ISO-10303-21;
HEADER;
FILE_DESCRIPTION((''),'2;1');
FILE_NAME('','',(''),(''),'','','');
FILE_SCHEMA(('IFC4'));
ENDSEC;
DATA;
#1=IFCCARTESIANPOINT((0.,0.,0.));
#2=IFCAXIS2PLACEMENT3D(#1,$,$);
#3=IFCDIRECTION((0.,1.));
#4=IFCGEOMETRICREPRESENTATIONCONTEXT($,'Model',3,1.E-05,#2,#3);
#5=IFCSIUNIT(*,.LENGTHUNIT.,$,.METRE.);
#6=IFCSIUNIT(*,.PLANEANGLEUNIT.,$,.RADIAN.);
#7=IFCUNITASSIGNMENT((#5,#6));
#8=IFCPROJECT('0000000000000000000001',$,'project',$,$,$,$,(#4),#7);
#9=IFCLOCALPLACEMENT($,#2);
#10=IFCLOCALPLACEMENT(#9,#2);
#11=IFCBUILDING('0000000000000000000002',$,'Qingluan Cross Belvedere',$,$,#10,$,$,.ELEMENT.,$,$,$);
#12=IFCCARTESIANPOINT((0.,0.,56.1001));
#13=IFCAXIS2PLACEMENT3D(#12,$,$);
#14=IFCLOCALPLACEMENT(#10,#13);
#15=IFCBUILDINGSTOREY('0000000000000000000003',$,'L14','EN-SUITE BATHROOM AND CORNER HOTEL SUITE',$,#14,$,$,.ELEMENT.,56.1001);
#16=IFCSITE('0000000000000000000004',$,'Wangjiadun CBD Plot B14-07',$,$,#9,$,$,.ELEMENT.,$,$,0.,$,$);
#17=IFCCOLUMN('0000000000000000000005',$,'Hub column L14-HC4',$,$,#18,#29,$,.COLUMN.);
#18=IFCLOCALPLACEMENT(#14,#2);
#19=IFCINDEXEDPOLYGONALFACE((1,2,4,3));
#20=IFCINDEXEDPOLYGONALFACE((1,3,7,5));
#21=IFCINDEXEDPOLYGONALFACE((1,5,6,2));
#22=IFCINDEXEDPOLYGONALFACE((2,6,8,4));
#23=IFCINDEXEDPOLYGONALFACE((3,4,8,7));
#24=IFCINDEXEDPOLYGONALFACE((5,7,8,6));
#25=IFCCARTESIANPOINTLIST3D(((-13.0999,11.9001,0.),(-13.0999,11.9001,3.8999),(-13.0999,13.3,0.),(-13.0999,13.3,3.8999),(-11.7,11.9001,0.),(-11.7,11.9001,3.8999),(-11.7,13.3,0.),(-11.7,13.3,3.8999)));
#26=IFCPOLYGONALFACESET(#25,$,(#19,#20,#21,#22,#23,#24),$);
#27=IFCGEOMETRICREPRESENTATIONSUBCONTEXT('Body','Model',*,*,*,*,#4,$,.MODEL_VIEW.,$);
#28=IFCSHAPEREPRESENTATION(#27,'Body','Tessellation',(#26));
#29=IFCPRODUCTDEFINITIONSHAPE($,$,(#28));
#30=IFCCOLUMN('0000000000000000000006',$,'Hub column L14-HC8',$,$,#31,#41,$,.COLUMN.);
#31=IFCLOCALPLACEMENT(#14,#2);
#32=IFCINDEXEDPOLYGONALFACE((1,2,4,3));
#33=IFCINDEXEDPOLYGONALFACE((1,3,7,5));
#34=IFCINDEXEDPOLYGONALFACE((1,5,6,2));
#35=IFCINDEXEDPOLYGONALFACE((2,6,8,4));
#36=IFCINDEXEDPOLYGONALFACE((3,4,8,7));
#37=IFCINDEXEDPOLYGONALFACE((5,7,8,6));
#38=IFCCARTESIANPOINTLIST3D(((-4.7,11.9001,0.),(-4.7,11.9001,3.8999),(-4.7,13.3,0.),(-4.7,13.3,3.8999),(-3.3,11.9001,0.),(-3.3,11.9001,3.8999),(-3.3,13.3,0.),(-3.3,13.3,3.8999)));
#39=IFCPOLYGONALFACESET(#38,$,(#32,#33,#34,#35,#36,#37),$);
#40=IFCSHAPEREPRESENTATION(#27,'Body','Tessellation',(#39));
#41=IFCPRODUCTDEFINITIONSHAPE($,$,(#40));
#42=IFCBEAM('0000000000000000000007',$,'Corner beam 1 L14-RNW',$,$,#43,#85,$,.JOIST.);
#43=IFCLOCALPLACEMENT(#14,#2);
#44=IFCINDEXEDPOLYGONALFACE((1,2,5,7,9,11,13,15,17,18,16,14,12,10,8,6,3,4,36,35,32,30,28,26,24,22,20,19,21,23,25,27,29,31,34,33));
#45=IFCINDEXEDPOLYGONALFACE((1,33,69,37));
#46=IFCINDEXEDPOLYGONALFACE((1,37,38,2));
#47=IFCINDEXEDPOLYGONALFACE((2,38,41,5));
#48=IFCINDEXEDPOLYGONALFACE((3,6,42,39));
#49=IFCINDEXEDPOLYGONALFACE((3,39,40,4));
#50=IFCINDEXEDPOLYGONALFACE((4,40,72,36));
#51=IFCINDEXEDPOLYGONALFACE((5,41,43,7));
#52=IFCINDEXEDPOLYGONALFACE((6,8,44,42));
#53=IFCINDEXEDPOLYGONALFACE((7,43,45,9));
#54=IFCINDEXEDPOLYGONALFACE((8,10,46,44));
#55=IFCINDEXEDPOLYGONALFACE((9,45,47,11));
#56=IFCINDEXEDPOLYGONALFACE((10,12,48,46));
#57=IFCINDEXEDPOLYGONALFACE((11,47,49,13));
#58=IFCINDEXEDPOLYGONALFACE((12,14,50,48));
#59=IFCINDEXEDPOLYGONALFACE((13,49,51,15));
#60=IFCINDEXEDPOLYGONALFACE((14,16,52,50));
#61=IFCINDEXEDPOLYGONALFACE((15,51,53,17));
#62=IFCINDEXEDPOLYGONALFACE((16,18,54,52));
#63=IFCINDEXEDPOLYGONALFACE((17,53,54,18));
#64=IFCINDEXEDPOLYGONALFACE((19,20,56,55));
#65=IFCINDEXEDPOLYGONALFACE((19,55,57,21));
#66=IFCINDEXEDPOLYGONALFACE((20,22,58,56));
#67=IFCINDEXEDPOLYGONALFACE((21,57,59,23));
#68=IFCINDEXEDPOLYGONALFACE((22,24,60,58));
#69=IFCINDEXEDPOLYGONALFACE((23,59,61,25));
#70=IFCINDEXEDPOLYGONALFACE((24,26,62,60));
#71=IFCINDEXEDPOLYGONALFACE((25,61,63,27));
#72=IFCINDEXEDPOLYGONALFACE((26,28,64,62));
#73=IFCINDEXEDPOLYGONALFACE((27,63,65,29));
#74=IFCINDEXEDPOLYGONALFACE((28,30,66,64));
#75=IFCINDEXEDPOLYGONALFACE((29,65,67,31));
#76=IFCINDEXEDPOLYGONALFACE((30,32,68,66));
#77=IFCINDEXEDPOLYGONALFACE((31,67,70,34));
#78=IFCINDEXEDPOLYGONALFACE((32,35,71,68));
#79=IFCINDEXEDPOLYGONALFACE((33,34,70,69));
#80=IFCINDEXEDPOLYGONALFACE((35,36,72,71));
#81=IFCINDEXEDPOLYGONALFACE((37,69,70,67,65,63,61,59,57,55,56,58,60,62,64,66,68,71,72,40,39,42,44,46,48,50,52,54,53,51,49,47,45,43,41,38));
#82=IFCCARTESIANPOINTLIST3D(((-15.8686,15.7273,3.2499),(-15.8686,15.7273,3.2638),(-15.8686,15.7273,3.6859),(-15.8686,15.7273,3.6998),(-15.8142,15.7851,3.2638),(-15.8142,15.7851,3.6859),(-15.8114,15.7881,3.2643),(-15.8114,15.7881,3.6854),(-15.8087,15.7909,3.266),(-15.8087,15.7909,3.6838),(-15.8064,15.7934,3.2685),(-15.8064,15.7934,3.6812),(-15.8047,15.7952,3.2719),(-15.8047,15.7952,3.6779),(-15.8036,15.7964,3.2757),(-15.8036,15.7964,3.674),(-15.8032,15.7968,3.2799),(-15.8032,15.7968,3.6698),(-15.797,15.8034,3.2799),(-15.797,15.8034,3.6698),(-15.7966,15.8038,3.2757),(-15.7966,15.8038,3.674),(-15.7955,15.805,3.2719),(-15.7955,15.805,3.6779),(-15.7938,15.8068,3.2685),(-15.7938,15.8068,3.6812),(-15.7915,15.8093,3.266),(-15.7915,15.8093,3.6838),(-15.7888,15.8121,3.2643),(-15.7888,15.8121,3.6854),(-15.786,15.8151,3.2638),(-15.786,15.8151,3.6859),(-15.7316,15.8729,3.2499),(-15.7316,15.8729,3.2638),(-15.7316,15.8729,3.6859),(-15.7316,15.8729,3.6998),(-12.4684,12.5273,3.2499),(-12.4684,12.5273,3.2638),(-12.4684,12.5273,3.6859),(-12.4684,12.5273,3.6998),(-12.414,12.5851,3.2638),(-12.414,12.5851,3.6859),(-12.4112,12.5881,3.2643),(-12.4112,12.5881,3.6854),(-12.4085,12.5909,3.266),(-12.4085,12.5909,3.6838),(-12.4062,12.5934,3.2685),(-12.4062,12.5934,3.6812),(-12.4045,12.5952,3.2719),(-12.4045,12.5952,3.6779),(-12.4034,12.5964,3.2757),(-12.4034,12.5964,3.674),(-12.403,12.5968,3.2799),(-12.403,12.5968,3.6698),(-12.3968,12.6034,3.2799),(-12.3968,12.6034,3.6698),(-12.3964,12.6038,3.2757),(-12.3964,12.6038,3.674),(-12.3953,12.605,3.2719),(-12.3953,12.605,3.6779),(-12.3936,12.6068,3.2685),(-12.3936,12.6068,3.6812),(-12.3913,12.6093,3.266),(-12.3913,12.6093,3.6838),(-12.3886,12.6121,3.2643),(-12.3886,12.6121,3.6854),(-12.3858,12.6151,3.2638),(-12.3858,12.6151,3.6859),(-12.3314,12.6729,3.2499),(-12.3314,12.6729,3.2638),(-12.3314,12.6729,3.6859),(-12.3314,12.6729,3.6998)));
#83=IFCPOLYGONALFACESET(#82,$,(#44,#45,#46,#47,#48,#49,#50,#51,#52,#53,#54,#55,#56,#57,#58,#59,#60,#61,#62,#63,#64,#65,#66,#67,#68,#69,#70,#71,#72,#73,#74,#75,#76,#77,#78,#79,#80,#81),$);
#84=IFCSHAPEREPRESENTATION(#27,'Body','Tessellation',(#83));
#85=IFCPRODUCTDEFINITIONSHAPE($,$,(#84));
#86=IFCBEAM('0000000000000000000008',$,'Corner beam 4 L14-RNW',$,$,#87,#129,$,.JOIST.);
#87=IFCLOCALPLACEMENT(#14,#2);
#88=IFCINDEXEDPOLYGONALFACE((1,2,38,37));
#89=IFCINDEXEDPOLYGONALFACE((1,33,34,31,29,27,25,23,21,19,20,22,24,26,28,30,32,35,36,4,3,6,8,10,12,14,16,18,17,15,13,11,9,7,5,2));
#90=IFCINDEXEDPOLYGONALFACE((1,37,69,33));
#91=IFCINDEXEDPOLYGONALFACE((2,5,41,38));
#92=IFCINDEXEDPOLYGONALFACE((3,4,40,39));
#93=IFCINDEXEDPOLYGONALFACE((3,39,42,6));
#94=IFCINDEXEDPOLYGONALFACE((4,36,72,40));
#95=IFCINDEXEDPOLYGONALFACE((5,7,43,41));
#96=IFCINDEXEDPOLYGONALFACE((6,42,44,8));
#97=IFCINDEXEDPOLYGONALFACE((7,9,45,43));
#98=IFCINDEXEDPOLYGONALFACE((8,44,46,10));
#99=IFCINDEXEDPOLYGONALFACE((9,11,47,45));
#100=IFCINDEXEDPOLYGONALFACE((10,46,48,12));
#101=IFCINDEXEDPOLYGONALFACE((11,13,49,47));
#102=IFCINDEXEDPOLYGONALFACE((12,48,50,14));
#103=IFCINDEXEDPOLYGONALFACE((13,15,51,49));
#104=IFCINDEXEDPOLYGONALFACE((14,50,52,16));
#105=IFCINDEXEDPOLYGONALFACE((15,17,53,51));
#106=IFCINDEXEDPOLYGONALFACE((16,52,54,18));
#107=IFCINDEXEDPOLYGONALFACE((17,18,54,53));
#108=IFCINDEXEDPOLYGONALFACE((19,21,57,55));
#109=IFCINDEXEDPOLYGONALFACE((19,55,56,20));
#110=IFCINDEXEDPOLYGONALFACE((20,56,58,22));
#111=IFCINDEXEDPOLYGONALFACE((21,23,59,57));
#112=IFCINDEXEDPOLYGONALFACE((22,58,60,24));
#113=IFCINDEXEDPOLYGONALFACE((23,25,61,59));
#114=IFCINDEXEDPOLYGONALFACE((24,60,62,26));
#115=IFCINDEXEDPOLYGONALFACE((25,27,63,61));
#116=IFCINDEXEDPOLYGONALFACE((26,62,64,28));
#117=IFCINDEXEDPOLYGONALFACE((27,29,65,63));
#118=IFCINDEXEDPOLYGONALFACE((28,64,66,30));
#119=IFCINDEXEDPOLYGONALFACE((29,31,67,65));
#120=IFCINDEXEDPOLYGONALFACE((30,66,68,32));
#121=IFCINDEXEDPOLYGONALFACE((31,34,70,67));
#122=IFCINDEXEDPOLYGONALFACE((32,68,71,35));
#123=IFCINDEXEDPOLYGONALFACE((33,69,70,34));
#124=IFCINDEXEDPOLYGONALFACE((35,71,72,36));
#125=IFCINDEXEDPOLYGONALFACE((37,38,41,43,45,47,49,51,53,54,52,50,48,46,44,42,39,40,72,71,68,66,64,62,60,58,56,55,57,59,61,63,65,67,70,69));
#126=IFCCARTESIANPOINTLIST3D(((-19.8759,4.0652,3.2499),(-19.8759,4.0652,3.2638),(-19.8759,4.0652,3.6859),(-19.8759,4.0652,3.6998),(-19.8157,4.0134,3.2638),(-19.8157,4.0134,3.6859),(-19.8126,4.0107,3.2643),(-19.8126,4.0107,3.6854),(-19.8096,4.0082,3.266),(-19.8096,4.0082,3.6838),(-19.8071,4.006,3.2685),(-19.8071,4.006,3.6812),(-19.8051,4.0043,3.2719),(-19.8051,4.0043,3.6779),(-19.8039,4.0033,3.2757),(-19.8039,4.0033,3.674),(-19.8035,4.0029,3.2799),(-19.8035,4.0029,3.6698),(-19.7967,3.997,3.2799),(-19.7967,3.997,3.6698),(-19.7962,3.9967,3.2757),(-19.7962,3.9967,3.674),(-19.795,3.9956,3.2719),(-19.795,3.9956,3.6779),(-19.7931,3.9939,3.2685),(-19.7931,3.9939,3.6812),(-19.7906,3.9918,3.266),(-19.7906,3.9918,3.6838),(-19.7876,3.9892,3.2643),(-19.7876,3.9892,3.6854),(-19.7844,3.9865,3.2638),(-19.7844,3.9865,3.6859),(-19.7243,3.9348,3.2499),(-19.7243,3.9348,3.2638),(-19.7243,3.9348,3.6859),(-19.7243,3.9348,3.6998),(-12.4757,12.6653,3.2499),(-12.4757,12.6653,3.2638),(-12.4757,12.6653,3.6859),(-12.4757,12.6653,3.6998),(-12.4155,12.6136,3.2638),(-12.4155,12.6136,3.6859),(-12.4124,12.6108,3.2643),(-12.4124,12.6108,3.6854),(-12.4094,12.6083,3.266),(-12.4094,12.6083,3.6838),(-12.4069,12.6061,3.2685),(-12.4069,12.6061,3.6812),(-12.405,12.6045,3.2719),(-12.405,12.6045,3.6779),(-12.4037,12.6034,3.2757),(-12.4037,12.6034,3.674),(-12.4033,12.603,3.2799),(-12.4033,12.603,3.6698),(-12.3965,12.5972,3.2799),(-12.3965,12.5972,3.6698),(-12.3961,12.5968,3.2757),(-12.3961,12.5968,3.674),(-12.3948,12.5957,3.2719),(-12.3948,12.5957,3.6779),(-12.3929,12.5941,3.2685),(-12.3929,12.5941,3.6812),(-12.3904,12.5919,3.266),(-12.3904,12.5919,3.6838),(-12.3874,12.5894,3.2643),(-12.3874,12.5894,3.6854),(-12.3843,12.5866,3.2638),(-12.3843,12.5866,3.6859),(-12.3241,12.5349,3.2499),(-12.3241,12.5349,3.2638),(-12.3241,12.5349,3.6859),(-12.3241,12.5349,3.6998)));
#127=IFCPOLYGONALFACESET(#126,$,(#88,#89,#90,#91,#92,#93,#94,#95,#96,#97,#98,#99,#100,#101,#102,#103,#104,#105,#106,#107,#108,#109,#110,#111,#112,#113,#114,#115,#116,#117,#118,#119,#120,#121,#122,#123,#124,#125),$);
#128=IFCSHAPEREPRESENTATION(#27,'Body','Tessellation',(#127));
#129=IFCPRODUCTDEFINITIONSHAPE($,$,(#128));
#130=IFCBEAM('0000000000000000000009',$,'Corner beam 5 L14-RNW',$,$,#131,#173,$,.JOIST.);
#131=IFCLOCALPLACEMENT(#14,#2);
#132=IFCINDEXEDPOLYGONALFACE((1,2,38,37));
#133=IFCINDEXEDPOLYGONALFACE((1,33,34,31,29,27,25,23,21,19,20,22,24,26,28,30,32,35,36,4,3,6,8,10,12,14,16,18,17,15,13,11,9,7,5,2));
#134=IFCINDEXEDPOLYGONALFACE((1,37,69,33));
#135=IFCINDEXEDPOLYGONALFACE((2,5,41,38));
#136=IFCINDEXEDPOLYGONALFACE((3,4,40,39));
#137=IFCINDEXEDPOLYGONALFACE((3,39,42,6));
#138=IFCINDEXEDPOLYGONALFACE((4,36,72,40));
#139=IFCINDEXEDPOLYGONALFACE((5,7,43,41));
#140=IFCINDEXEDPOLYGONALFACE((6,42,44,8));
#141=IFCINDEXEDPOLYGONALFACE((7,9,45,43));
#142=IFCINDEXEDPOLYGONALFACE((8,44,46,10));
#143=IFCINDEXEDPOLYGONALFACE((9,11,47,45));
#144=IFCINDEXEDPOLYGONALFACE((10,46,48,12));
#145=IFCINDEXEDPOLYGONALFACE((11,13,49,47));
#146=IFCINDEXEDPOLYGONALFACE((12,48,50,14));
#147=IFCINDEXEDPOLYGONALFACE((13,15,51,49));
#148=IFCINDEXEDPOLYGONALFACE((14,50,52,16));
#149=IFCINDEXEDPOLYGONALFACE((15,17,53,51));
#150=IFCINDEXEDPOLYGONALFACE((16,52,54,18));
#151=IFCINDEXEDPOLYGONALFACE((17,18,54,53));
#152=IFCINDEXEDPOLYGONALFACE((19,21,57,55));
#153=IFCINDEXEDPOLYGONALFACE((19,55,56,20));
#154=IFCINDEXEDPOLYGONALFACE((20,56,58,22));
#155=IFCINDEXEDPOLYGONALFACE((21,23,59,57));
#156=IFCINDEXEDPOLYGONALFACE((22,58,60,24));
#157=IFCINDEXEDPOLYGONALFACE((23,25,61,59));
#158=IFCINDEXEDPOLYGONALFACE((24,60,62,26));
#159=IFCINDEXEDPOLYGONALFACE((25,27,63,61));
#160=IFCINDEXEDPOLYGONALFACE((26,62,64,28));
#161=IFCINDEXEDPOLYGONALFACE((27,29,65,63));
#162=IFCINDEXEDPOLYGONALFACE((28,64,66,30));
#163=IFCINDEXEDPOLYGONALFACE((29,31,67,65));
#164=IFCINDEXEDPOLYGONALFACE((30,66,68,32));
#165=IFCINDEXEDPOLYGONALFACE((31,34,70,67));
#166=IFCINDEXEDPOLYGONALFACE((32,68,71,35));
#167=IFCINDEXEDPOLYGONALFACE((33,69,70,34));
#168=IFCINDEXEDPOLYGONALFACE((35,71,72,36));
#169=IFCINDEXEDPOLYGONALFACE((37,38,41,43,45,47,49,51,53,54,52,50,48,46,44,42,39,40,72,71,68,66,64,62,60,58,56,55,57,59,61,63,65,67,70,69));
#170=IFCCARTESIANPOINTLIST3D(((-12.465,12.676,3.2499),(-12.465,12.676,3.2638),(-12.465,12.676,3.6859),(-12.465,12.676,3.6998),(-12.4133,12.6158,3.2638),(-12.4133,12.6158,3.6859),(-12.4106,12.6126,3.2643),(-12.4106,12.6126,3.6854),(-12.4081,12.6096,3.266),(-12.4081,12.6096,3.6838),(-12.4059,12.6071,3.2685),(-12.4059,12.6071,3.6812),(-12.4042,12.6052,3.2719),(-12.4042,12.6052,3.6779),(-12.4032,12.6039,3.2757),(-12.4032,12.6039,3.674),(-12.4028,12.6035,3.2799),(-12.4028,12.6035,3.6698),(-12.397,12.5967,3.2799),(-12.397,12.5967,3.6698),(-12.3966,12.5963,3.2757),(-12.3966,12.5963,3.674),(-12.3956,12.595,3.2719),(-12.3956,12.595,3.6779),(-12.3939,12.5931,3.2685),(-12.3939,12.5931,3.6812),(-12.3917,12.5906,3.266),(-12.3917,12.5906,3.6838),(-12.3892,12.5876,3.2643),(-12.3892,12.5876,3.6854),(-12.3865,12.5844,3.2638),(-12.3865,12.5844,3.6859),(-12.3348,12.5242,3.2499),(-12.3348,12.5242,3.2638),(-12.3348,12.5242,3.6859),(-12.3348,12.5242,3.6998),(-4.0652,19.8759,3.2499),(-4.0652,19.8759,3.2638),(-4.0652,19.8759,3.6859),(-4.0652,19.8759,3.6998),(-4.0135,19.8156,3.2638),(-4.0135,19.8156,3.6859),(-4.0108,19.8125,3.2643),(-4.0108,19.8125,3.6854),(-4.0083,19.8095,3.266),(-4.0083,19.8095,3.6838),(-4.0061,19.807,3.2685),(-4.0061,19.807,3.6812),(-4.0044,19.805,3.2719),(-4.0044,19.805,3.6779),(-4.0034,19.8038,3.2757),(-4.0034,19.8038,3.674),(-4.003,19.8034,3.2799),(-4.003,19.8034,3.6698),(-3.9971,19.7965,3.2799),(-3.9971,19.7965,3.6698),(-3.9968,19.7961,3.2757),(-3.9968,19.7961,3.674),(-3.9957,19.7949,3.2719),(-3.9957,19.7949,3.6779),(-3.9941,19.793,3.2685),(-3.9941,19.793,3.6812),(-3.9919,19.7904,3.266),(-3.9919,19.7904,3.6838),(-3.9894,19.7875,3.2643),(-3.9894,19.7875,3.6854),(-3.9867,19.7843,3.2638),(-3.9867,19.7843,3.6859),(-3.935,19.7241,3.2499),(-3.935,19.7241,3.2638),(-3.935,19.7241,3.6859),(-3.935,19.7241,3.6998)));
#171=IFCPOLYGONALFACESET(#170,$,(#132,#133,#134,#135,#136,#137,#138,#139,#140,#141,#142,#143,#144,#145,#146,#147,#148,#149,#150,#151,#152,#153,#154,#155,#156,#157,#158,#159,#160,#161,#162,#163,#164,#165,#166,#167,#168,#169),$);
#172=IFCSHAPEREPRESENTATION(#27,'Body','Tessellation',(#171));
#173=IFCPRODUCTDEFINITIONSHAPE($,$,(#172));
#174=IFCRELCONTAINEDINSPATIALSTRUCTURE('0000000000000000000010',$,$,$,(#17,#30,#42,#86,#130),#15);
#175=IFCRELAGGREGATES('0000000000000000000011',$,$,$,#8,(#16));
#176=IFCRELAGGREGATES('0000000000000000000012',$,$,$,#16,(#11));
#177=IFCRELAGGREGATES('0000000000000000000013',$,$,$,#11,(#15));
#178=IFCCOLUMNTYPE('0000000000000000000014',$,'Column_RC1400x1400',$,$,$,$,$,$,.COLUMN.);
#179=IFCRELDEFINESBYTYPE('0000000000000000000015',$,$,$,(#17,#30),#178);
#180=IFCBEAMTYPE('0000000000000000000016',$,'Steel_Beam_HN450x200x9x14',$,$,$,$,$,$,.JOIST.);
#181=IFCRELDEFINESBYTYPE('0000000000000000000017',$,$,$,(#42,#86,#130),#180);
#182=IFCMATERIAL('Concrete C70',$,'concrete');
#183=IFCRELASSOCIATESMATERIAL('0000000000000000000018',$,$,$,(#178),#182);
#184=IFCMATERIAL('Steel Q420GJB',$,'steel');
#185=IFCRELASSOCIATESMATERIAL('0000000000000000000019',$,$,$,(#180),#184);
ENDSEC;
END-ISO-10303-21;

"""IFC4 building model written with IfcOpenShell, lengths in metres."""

from ifc_helpers import new_model, si_unit, direction, frame, origin, origin_2d, place, context, subcontext, project, spatial, rectangle, i_section, extrude, material, material_profile, profile_set, type_object, element, save


model = new_model("IFC4")

# Units and contexts
model_context = context("Model", 3, precision=1e-05, world=origin(), true_north=direction((0.0, 1.0)))
body_context = subcontext(model_context, "Body", "Model", "MODEL_VIEW")
ifc_project = project(units=[si_unit("LENGTHUNIT", "METRE"), si_unit("PLANEANGLEUNIT", "RADIAN")], contexts=[model_context])

# Site, building, storey
site_placement = place(None, origin())
site = spatial("IfcSite", under=ifc_project, at=site_placement, Name="Wangjiadun CBD Plot B14-07", CompositionType="ELEMENT", RefElevation=0.0)
building_placement = place(site_placement, origin())
building = spatial("IfcBuilding", under=site, at=building_placement, Name="Qingluan Cross Belvedere", CompositionType="ELEMENT")
storey_placement = place(building_placement, frame((0.0, 0.0, 56.1001)))
storey = spatial("IfcBuildingStorey", under=building, at=storey_placement, Name="L14", Description="EN-SUITE BATHROOM AND CORNER HOTEL SUITE", CompositionType="ELEMENT", Elevation=56.1001)

# Columns
ifc_material_1 = material(Name="Concrete C70", Category="concrete")
ifc_material_profile_1 = material_profile(ifc_material_1, rectangle(XDim=1.3999, YDim=1.3999, at=origin_2d()), Name="RC1400x1400")
ifc_profile_set_1 = profile_set([ifc_material_profile_1], Name="Concrete C70")
column_type = type_object("IfcColumnType", Name="Column_RC1400x1400", PredefinedType="COLUMN", material=ifc_profile_set_1)
for number, where, z_axis, x_axis, name in (
    (1, (-12.3999, 12.6001, 0.0), (0.0, 0.0, 1.0), (1.0, 0.0, 0.0), "Hub column L14-HC4"),
    (2, (-4.0, 12.6001, 0.0), (0.0, 0.0, 1.0), (1.0, 0.0, 0.0), "Hub column L14-HC8"),
):
    element("IfcColumn", number, at=place(storey_placement, frame(where, z_axis=z_axis, x_axis=x_axis)), inside=storey, type_object=column_type, Name=name, PredefinedType="COLUMN", context=body_context, shape_type="SweptSolid", body=[
        extrude(rectangle(XDim=1.3999, YDim=1.3999, at=origin_2d()), origin(), (0.0, 0.0, 1.0), 3.8999),
    ])

# Beams
ifc_material_2 = material(Name="Steel Q420GJB", Category="steel")
ifc_material_profile_2 = material_profile(ifc_material_2, i_section(OverallWidth=0.2, OverallDepth=0.45, WebThickness=0.009, FlangeThickness=0.0139, FilletRadius=0.0161, at=origin_2d()), Name="HN450x200x9x14")
ifc_profile_set_2 = profile_set([ifc_material_profile_2], Name="Steel Q420GJB")
beam_type_1 = type_object("IfcBeamType", Name="Steel_Beam_HN450x200x9x14", PredefinedType="JOIST", material=ifc_profile_set_2)
beam_1_placement = place(storey_placement, frame((-12.3999, 12.6001, 3.4749), z_axis=(-0.72822, 0.685343, 0.0), x_axis=(-0.685343, -0.72822, 0.0)))
element("IfcBeam", 3, at=beam_1_placement, inside=storey, type_object=beam_type_1, Name="Corner beam 1 L14-RNW", PredefinedType="JOIST", context=body_context, shape_type="SweptSolid", body=[
    extrude(i_section(OverallWidth=0.2, OverallDepth=0.45, WebThickness=0.009, FlangeThickness=0.0139, FilletRadius=0.0161, at=origin_2d()), origin(), (0.0, 0.0, 1.0), 4.6692),
])
beam_2_placement = place(storey_placement, frame((-12.3999, 12.6001, 3.4749), z_axis=(-0.652245, -0.758008, 0.0), x_axis=(0.758008, -0.652245, 0.0)))
element("IfcBeam", 4, at=beam_2_placement, inside=storey, type_object=beam_type_1, Name="Corner beam 4 L14-RNW", PredefinedType="JOIST", context=body_context, shape_type="SweptSolid", body=[
    extrude(i_section(OverallWidth=0.2, OverallDepth=0.45, WebThickness=0.009, FlangeThickness=0.0139, FilletRadius=0.0161, at=origin_2d()), origin(), (0.0, 0.0, 1.0), 11.3457),
])
beam_3_placement = place(storey_placement, frame((-12.3999, 12.6001, 3.4749), z_axis=(0.759255, 0.650793, 0.0), x_axis=(-0.650793, 0.759255, 0.0)))
element("IfcBeam", 5, at=beam_3_placement, inside=storey, type_object=beam_type_1, Name="Corner beam 5 L14-RNW", PredefinedType="JOIST", context=body_context, shape_type="SweptSolid", body=[
    extrude(i_section(OverallWidth=0.2, OverallDepth=0.45, WebThickness=0.009, FlangeThickness=0.0139, FilletRadius=0.0161, at=origin_2d()), origin(), (0.0, 0.0, 1.0), 11.0632),
])

save(model, "model.ifc")
